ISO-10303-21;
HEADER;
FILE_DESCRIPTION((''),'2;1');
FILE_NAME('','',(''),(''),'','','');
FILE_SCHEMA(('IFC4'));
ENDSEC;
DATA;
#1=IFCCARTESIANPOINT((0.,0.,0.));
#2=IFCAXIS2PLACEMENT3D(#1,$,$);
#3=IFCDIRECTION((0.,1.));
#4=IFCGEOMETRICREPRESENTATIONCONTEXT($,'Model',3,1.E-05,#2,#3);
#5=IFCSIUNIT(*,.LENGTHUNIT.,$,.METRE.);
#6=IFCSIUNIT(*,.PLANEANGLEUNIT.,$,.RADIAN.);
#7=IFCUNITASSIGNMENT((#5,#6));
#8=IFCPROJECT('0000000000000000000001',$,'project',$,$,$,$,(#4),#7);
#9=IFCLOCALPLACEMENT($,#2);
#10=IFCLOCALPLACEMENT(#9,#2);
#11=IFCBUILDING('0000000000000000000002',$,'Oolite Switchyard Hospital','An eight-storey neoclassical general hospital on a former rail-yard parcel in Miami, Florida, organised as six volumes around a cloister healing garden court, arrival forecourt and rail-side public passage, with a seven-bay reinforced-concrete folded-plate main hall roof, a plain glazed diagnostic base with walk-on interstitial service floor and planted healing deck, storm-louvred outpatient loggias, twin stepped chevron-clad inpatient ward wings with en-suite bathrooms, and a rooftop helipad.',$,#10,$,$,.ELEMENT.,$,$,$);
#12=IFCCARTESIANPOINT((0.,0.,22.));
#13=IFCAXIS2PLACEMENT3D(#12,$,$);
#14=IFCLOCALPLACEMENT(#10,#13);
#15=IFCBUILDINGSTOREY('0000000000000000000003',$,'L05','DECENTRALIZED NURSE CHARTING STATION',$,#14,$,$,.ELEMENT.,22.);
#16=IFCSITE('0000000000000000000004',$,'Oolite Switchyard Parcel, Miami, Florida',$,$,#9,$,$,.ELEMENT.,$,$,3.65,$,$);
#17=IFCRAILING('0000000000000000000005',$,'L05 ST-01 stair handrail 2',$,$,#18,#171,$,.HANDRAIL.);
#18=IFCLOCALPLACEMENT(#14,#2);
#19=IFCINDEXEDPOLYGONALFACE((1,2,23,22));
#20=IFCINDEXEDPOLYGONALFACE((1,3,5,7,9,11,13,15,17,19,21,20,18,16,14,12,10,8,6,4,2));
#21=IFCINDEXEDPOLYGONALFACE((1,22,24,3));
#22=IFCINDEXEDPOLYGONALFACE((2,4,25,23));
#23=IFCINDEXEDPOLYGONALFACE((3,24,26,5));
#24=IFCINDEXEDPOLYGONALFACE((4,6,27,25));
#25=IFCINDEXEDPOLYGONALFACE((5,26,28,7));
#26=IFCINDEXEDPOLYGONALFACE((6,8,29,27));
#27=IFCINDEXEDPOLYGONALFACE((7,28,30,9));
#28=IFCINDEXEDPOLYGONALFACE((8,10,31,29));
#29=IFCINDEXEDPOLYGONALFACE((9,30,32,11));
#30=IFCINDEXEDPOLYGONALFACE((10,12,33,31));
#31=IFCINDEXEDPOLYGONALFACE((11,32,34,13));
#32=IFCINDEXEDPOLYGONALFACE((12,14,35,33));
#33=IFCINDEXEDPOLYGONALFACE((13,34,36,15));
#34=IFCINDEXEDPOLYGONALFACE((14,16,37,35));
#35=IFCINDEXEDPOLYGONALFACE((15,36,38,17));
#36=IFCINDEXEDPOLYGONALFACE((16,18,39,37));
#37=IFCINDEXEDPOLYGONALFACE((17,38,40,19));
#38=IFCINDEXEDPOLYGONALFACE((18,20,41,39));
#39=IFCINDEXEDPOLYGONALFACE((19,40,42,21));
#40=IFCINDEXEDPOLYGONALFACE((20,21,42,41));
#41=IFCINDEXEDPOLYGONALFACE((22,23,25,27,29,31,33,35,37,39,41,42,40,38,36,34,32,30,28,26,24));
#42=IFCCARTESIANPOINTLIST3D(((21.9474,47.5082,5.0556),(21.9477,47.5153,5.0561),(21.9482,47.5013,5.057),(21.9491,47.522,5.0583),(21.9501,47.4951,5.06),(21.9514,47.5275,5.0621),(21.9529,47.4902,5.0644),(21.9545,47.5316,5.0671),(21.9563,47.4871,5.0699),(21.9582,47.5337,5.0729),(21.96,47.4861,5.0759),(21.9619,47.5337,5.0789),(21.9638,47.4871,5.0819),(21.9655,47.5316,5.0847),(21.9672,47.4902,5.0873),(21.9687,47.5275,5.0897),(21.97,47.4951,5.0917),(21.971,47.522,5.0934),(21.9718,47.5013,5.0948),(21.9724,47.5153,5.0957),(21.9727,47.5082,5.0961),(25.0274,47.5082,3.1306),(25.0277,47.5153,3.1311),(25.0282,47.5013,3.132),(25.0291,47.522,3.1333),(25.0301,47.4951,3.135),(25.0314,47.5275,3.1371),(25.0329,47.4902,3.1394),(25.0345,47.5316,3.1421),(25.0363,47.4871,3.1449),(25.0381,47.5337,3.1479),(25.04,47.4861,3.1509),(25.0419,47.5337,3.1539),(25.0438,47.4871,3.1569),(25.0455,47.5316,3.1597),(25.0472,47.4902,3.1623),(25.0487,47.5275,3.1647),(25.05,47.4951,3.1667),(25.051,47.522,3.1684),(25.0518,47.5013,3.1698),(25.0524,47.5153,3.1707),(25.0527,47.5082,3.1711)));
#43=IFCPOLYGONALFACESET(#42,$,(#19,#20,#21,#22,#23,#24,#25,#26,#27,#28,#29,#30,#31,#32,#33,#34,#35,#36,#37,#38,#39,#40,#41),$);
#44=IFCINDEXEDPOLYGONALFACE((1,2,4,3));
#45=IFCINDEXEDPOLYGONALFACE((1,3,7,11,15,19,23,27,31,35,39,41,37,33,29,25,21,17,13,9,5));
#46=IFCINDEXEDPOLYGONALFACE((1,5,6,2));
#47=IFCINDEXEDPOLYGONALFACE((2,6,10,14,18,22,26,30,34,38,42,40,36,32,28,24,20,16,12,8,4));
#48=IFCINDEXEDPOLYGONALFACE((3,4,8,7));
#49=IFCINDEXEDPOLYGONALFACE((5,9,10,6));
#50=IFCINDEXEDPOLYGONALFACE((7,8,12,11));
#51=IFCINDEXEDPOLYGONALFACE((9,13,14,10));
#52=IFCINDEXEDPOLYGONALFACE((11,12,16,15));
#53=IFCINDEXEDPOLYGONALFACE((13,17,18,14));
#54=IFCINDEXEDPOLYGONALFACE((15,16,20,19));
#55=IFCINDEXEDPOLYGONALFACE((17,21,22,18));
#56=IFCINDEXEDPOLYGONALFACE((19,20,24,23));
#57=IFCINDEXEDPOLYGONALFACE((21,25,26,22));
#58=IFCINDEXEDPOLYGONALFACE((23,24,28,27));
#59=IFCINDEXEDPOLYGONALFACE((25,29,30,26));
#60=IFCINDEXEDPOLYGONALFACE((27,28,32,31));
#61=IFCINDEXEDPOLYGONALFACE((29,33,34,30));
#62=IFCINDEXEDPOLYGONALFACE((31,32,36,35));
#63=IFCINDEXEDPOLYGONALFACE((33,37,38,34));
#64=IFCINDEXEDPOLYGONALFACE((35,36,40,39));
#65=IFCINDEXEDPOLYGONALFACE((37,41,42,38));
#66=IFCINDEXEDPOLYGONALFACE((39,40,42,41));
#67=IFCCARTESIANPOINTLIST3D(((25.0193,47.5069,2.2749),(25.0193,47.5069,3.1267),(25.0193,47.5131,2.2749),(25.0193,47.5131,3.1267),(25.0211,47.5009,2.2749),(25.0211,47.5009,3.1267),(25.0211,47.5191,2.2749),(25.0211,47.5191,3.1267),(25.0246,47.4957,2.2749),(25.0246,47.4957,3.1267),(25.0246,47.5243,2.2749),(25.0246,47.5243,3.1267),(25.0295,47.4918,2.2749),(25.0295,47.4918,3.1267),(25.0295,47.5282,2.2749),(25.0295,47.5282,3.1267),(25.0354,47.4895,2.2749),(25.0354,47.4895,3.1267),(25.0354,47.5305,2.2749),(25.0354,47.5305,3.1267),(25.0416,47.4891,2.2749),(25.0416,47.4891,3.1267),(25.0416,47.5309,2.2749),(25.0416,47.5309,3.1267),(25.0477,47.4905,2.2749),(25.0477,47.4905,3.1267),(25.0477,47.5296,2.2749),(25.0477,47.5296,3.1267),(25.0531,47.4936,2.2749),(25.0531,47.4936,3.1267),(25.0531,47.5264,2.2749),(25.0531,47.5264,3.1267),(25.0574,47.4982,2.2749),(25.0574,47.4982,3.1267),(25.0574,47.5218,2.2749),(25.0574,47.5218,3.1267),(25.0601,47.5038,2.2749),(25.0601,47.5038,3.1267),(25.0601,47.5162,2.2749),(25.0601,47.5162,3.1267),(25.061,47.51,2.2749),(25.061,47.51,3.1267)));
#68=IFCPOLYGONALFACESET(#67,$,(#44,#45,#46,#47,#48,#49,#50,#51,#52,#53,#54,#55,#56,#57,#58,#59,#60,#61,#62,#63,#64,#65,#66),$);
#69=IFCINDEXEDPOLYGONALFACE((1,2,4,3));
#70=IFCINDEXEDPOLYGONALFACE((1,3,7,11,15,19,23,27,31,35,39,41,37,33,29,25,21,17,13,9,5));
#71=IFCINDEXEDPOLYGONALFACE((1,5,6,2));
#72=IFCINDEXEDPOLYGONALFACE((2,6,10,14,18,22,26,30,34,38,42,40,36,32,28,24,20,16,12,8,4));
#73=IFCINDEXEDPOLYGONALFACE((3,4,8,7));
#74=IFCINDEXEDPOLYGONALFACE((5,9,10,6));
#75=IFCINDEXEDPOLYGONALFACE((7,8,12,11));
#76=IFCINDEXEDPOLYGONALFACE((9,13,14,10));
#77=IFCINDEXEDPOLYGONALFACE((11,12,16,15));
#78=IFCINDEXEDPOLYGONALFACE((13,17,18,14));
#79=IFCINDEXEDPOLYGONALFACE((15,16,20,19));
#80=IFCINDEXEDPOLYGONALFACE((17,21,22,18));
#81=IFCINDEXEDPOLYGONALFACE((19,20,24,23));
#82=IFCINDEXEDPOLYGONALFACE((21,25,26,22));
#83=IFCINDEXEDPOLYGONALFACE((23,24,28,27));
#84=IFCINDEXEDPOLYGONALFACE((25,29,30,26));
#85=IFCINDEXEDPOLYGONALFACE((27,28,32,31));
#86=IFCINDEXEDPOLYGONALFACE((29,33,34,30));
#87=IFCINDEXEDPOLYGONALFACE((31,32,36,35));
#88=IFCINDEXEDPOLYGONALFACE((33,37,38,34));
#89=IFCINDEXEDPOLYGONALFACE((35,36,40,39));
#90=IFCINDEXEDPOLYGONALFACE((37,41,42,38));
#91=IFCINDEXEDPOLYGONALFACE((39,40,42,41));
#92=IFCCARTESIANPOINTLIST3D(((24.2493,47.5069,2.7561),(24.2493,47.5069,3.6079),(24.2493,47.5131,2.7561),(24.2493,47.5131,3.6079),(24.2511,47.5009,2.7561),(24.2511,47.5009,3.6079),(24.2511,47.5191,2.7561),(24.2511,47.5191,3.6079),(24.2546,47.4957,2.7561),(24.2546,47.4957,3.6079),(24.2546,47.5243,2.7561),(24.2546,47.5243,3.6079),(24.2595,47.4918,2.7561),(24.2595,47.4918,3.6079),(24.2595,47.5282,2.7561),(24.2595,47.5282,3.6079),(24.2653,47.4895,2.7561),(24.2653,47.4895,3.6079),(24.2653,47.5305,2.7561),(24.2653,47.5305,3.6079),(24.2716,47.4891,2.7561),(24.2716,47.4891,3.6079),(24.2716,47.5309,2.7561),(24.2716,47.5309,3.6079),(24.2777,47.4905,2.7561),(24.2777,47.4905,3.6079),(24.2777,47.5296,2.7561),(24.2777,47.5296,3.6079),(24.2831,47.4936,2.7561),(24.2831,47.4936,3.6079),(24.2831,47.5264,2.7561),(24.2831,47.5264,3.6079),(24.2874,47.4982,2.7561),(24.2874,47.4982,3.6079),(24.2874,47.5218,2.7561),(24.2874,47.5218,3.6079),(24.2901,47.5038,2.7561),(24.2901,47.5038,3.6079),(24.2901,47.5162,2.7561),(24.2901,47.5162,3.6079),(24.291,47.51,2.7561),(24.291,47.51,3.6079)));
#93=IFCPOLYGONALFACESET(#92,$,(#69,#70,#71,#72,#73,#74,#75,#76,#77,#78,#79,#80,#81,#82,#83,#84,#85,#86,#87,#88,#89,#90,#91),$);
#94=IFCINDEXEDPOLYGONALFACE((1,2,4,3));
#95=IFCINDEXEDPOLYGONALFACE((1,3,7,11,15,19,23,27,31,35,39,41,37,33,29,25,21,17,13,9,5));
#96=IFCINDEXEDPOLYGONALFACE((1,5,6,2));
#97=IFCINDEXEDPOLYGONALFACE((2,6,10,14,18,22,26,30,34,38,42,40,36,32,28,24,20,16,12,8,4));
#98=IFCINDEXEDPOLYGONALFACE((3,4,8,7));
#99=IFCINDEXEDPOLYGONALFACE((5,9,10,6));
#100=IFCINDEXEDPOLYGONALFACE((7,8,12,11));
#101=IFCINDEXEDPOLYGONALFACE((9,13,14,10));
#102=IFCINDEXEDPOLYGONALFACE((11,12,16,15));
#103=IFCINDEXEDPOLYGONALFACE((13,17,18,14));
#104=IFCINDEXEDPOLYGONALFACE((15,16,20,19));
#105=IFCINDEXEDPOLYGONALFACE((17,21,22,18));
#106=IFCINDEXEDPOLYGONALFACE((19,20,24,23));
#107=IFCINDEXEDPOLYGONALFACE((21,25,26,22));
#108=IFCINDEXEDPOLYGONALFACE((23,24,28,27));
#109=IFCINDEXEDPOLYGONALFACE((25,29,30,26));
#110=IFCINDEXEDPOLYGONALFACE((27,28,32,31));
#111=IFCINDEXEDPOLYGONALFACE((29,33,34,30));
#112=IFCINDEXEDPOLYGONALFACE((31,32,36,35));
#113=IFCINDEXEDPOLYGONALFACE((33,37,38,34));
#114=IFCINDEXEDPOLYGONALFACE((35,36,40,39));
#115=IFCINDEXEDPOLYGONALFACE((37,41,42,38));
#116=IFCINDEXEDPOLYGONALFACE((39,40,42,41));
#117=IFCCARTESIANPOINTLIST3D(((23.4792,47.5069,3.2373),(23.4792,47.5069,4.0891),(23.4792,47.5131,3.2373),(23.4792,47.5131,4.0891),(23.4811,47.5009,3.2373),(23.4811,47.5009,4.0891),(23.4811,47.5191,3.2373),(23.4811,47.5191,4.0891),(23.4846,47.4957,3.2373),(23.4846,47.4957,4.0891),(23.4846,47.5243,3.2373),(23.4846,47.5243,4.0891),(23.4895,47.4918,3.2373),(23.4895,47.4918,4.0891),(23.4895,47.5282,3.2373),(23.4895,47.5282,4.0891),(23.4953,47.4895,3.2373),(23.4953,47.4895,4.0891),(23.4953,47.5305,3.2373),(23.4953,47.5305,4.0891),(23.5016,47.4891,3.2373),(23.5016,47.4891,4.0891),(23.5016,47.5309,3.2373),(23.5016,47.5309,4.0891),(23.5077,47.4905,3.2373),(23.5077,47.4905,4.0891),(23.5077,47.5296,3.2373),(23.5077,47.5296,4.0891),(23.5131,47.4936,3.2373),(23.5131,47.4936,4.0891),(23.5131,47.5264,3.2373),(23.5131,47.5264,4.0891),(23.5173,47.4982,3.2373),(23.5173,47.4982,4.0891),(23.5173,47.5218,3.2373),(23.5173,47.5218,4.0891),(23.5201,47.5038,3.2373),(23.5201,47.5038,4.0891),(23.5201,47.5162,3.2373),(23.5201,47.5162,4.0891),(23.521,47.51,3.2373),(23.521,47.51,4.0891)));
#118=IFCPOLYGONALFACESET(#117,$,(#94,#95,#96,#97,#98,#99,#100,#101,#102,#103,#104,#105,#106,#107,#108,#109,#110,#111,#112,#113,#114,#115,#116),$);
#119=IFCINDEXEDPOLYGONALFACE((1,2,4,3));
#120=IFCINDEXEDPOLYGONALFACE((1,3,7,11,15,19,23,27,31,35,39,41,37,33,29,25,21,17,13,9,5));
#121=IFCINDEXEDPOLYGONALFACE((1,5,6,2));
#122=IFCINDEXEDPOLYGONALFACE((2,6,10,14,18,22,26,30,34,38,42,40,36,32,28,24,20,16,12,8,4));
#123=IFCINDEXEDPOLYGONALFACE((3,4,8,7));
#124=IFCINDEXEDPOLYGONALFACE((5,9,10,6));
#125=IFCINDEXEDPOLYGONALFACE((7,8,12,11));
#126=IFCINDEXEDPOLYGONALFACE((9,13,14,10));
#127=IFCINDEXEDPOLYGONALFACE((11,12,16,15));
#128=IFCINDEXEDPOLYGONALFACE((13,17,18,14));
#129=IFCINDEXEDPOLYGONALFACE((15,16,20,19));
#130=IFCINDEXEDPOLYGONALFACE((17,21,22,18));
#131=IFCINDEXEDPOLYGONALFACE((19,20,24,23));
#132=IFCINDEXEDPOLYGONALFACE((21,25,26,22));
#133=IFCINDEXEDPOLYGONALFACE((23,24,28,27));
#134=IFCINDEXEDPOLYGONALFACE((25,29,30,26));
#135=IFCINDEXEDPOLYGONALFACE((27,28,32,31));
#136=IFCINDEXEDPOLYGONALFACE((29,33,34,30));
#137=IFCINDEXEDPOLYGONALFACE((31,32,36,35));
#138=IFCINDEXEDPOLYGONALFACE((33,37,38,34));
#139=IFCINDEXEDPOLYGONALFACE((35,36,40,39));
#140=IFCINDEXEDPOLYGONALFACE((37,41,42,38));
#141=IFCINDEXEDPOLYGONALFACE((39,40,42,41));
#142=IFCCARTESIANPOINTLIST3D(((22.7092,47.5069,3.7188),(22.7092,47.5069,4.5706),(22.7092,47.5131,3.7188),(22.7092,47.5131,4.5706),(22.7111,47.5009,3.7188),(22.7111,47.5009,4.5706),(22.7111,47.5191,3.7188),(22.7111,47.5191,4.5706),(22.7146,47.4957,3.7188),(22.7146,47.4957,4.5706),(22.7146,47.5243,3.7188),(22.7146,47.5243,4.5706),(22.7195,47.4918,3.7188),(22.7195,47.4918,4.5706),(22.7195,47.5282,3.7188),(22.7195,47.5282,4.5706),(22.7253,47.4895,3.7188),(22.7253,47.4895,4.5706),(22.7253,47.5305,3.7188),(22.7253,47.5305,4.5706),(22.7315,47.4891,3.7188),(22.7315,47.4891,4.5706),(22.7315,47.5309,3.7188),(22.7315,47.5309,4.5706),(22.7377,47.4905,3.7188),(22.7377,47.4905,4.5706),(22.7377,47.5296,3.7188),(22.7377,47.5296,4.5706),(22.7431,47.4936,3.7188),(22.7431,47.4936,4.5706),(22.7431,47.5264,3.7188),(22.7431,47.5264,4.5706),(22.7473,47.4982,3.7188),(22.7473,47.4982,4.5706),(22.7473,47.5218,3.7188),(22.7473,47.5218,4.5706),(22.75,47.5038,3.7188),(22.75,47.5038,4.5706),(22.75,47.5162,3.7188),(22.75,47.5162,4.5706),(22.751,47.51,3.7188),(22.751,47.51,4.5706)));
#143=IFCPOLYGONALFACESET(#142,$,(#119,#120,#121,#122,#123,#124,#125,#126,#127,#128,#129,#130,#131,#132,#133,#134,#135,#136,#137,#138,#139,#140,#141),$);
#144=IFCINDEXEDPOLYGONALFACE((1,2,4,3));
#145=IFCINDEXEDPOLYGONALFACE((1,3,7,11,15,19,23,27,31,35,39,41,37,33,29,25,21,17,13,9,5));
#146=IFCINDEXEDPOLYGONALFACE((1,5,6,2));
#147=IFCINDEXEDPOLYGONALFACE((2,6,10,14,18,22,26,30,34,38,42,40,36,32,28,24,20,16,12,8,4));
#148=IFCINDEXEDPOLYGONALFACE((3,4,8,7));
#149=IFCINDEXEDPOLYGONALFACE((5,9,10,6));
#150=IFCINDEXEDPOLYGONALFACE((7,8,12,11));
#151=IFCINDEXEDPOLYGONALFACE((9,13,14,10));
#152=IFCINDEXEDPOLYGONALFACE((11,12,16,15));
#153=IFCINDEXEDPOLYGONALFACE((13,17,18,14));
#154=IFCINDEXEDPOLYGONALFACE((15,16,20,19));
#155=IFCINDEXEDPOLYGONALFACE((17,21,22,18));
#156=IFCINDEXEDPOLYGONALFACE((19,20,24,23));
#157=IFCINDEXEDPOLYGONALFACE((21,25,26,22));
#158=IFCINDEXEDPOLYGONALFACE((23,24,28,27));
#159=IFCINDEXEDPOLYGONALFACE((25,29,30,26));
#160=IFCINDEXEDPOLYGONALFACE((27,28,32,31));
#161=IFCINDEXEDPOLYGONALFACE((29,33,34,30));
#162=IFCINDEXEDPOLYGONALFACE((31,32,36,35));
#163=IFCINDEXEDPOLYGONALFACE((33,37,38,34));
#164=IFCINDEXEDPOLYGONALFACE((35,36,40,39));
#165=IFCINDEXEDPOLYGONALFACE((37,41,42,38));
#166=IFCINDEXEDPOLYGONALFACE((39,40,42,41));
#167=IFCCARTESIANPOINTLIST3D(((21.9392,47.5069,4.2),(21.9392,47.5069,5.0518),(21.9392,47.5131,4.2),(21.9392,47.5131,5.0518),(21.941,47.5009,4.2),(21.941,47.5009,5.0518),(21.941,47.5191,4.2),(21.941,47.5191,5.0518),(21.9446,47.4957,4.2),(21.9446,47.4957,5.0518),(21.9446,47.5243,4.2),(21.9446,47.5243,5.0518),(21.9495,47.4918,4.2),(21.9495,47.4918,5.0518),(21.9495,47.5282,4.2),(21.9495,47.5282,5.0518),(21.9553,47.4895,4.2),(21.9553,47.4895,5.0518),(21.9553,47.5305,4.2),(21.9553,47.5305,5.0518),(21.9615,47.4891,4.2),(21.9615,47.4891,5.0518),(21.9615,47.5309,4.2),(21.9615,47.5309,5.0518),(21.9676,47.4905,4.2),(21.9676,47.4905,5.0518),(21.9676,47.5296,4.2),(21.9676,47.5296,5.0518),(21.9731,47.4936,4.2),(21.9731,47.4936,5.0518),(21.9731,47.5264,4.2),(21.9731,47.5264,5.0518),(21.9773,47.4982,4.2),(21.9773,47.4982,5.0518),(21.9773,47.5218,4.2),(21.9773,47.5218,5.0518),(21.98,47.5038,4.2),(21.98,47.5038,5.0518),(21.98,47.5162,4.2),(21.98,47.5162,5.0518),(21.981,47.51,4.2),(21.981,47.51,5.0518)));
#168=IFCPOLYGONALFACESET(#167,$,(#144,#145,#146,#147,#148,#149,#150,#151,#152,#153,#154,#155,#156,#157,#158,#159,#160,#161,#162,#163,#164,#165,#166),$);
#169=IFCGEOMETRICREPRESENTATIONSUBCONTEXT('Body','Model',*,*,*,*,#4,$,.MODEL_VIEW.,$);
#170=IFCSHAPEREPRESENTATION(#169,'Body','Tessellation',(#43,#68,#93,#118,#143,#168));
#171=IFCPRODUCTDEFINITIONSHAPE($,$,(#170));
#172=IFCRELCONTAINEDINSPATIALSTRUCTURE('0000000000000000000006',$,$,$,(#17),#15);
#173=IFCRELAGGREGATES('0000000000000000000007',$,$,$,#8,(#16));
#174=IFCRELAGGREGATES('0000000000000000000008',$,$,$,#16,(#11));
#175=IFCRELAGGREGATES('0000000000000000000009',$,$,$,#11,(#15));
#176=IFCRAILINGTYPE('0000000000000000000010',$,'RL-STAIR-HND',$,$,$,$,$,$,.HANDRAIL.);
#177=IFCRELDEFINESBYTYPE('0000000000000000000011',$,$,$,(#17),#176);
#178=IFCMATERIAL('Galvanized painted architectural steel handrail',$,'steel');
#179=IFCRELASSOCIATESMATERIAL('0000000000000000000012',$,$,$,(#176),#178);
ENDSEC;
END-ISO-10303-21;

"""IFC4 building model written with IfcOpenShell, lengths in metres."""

from ifc_helpers import new_model, si_unit, direction, frame, origin, origin_2d, place, context, subcontext, project, spatial, circle, extrude, material, type_object, element, save


model = new_model("IFC4")

# Units and contexts
model_context = context("Model", 3, precision=1e-05, world=origin(), true_north=direction((0.0, 1.0)))
body_context = subcontext(model_context, "Body", "Model", "MODEL_VIEW")
ifc_project = project(units=[si_unit("LENGTHUNIT", "METRE"), si_unit("PLANEANGLEUNIT", "RADIAN")], contexts=[model_context])

# Site, building, storey
site_placement = place(None, origin())
site = spatial("IfcSite", under=ifc_project, at=site_placement, Name="Oolite Switchyard Parcel, Miami, Florida", CompositionType="ELEMENT", RefElevation=3.65)
building_placement = place(site_placement, origin())
building = spatial("IfcBuilding", under=site, at=building_placement, Name="Oolite Switchyard Hospital", Description="An eight-storey neoclassical general hospital on a former rail-yard parcel in Miami, Florida, organised as six volumes around a cloister healing garden court, arrival forecourt and rail-side public passage, with a seven-bay reinforced-concrete folded-plate main hall roof, a plain glazed diagnostic base with walk-on interstitial service floor and planted healing deck, storm-louvred outpatient loggias, twin stepped chevron-clad inpatient ward wings with en-suite bathrooms, and a rooftop helipad.", CompositionType="ELEMENT")
storey_placement = place(building_placement, frame((0.0, 0.0, 22.0)))
storey = spatial("IfcBuildingStorey", under=building, at=storey_placement, Name="L05", Description="DECENTRALIZED NURSE CHARTING STATION", CompositionType="ELEMENT", Elevation=22.0)

# Railing
ifc_material_1 = material(Name="Galvanized painted architectural steel handrail", Category="steel")
railing_type_1 = type_object("IfcRailingType", Name="RL-STAIR-HND", PredefinedType="HANDRAIL", material=ifc_material_1)
railing_1_placement = place(storey_placement, frame((25.04, 47.51, 2.2749)))
element("IfcRailing", 1, at=railing_1_placement, inside=storey, type_object=railing_type_1, Name="L05 ST-01 stair handrail 2", PredefinedType="HANDRAIL", context=body_context, shape_type="SweptSolid", body=[
    extrude(circle(Radius=0.0239, at=origin_2d()), frame((0.0, 0.0, 0.876), z_axis=(-0.847998, 0.0, 0.529999), x_axis=(0.0, -1.0, 0.0)), (0.0, 0.0, 1.0), 3.6321),
    extrude(circle(Radius=0.021, at=origin_2d()), origin(), (0.0, 0.0, 1.0), 0.8518),
    extrude(circle(Radius=0.021, at=origin_2d()), frame((-0.77, 0.0, 0.4812)), (0.0, 0.0, 1.0), 0.8518),
    extrude(circle(Radius=0.021, at=origin_2d()), frame((-1.54, 0.0, 0.9624)), (0.0, 0.0, 1.0), 0.8518),
    extrude(circle(Radius=0.021, at=origin_2d()), frame((-2.3101, 0.0, 1.4438)), (0.0, 0.0, 1.0), 0.8518),
    extrude(circle(Radius=0.021, at=origin_2d()), frame((-3.0801, 0.0, 1.925)), (0.0, 0.0, 1.0), 0.8518),
])

save(model, "model.ifc")
